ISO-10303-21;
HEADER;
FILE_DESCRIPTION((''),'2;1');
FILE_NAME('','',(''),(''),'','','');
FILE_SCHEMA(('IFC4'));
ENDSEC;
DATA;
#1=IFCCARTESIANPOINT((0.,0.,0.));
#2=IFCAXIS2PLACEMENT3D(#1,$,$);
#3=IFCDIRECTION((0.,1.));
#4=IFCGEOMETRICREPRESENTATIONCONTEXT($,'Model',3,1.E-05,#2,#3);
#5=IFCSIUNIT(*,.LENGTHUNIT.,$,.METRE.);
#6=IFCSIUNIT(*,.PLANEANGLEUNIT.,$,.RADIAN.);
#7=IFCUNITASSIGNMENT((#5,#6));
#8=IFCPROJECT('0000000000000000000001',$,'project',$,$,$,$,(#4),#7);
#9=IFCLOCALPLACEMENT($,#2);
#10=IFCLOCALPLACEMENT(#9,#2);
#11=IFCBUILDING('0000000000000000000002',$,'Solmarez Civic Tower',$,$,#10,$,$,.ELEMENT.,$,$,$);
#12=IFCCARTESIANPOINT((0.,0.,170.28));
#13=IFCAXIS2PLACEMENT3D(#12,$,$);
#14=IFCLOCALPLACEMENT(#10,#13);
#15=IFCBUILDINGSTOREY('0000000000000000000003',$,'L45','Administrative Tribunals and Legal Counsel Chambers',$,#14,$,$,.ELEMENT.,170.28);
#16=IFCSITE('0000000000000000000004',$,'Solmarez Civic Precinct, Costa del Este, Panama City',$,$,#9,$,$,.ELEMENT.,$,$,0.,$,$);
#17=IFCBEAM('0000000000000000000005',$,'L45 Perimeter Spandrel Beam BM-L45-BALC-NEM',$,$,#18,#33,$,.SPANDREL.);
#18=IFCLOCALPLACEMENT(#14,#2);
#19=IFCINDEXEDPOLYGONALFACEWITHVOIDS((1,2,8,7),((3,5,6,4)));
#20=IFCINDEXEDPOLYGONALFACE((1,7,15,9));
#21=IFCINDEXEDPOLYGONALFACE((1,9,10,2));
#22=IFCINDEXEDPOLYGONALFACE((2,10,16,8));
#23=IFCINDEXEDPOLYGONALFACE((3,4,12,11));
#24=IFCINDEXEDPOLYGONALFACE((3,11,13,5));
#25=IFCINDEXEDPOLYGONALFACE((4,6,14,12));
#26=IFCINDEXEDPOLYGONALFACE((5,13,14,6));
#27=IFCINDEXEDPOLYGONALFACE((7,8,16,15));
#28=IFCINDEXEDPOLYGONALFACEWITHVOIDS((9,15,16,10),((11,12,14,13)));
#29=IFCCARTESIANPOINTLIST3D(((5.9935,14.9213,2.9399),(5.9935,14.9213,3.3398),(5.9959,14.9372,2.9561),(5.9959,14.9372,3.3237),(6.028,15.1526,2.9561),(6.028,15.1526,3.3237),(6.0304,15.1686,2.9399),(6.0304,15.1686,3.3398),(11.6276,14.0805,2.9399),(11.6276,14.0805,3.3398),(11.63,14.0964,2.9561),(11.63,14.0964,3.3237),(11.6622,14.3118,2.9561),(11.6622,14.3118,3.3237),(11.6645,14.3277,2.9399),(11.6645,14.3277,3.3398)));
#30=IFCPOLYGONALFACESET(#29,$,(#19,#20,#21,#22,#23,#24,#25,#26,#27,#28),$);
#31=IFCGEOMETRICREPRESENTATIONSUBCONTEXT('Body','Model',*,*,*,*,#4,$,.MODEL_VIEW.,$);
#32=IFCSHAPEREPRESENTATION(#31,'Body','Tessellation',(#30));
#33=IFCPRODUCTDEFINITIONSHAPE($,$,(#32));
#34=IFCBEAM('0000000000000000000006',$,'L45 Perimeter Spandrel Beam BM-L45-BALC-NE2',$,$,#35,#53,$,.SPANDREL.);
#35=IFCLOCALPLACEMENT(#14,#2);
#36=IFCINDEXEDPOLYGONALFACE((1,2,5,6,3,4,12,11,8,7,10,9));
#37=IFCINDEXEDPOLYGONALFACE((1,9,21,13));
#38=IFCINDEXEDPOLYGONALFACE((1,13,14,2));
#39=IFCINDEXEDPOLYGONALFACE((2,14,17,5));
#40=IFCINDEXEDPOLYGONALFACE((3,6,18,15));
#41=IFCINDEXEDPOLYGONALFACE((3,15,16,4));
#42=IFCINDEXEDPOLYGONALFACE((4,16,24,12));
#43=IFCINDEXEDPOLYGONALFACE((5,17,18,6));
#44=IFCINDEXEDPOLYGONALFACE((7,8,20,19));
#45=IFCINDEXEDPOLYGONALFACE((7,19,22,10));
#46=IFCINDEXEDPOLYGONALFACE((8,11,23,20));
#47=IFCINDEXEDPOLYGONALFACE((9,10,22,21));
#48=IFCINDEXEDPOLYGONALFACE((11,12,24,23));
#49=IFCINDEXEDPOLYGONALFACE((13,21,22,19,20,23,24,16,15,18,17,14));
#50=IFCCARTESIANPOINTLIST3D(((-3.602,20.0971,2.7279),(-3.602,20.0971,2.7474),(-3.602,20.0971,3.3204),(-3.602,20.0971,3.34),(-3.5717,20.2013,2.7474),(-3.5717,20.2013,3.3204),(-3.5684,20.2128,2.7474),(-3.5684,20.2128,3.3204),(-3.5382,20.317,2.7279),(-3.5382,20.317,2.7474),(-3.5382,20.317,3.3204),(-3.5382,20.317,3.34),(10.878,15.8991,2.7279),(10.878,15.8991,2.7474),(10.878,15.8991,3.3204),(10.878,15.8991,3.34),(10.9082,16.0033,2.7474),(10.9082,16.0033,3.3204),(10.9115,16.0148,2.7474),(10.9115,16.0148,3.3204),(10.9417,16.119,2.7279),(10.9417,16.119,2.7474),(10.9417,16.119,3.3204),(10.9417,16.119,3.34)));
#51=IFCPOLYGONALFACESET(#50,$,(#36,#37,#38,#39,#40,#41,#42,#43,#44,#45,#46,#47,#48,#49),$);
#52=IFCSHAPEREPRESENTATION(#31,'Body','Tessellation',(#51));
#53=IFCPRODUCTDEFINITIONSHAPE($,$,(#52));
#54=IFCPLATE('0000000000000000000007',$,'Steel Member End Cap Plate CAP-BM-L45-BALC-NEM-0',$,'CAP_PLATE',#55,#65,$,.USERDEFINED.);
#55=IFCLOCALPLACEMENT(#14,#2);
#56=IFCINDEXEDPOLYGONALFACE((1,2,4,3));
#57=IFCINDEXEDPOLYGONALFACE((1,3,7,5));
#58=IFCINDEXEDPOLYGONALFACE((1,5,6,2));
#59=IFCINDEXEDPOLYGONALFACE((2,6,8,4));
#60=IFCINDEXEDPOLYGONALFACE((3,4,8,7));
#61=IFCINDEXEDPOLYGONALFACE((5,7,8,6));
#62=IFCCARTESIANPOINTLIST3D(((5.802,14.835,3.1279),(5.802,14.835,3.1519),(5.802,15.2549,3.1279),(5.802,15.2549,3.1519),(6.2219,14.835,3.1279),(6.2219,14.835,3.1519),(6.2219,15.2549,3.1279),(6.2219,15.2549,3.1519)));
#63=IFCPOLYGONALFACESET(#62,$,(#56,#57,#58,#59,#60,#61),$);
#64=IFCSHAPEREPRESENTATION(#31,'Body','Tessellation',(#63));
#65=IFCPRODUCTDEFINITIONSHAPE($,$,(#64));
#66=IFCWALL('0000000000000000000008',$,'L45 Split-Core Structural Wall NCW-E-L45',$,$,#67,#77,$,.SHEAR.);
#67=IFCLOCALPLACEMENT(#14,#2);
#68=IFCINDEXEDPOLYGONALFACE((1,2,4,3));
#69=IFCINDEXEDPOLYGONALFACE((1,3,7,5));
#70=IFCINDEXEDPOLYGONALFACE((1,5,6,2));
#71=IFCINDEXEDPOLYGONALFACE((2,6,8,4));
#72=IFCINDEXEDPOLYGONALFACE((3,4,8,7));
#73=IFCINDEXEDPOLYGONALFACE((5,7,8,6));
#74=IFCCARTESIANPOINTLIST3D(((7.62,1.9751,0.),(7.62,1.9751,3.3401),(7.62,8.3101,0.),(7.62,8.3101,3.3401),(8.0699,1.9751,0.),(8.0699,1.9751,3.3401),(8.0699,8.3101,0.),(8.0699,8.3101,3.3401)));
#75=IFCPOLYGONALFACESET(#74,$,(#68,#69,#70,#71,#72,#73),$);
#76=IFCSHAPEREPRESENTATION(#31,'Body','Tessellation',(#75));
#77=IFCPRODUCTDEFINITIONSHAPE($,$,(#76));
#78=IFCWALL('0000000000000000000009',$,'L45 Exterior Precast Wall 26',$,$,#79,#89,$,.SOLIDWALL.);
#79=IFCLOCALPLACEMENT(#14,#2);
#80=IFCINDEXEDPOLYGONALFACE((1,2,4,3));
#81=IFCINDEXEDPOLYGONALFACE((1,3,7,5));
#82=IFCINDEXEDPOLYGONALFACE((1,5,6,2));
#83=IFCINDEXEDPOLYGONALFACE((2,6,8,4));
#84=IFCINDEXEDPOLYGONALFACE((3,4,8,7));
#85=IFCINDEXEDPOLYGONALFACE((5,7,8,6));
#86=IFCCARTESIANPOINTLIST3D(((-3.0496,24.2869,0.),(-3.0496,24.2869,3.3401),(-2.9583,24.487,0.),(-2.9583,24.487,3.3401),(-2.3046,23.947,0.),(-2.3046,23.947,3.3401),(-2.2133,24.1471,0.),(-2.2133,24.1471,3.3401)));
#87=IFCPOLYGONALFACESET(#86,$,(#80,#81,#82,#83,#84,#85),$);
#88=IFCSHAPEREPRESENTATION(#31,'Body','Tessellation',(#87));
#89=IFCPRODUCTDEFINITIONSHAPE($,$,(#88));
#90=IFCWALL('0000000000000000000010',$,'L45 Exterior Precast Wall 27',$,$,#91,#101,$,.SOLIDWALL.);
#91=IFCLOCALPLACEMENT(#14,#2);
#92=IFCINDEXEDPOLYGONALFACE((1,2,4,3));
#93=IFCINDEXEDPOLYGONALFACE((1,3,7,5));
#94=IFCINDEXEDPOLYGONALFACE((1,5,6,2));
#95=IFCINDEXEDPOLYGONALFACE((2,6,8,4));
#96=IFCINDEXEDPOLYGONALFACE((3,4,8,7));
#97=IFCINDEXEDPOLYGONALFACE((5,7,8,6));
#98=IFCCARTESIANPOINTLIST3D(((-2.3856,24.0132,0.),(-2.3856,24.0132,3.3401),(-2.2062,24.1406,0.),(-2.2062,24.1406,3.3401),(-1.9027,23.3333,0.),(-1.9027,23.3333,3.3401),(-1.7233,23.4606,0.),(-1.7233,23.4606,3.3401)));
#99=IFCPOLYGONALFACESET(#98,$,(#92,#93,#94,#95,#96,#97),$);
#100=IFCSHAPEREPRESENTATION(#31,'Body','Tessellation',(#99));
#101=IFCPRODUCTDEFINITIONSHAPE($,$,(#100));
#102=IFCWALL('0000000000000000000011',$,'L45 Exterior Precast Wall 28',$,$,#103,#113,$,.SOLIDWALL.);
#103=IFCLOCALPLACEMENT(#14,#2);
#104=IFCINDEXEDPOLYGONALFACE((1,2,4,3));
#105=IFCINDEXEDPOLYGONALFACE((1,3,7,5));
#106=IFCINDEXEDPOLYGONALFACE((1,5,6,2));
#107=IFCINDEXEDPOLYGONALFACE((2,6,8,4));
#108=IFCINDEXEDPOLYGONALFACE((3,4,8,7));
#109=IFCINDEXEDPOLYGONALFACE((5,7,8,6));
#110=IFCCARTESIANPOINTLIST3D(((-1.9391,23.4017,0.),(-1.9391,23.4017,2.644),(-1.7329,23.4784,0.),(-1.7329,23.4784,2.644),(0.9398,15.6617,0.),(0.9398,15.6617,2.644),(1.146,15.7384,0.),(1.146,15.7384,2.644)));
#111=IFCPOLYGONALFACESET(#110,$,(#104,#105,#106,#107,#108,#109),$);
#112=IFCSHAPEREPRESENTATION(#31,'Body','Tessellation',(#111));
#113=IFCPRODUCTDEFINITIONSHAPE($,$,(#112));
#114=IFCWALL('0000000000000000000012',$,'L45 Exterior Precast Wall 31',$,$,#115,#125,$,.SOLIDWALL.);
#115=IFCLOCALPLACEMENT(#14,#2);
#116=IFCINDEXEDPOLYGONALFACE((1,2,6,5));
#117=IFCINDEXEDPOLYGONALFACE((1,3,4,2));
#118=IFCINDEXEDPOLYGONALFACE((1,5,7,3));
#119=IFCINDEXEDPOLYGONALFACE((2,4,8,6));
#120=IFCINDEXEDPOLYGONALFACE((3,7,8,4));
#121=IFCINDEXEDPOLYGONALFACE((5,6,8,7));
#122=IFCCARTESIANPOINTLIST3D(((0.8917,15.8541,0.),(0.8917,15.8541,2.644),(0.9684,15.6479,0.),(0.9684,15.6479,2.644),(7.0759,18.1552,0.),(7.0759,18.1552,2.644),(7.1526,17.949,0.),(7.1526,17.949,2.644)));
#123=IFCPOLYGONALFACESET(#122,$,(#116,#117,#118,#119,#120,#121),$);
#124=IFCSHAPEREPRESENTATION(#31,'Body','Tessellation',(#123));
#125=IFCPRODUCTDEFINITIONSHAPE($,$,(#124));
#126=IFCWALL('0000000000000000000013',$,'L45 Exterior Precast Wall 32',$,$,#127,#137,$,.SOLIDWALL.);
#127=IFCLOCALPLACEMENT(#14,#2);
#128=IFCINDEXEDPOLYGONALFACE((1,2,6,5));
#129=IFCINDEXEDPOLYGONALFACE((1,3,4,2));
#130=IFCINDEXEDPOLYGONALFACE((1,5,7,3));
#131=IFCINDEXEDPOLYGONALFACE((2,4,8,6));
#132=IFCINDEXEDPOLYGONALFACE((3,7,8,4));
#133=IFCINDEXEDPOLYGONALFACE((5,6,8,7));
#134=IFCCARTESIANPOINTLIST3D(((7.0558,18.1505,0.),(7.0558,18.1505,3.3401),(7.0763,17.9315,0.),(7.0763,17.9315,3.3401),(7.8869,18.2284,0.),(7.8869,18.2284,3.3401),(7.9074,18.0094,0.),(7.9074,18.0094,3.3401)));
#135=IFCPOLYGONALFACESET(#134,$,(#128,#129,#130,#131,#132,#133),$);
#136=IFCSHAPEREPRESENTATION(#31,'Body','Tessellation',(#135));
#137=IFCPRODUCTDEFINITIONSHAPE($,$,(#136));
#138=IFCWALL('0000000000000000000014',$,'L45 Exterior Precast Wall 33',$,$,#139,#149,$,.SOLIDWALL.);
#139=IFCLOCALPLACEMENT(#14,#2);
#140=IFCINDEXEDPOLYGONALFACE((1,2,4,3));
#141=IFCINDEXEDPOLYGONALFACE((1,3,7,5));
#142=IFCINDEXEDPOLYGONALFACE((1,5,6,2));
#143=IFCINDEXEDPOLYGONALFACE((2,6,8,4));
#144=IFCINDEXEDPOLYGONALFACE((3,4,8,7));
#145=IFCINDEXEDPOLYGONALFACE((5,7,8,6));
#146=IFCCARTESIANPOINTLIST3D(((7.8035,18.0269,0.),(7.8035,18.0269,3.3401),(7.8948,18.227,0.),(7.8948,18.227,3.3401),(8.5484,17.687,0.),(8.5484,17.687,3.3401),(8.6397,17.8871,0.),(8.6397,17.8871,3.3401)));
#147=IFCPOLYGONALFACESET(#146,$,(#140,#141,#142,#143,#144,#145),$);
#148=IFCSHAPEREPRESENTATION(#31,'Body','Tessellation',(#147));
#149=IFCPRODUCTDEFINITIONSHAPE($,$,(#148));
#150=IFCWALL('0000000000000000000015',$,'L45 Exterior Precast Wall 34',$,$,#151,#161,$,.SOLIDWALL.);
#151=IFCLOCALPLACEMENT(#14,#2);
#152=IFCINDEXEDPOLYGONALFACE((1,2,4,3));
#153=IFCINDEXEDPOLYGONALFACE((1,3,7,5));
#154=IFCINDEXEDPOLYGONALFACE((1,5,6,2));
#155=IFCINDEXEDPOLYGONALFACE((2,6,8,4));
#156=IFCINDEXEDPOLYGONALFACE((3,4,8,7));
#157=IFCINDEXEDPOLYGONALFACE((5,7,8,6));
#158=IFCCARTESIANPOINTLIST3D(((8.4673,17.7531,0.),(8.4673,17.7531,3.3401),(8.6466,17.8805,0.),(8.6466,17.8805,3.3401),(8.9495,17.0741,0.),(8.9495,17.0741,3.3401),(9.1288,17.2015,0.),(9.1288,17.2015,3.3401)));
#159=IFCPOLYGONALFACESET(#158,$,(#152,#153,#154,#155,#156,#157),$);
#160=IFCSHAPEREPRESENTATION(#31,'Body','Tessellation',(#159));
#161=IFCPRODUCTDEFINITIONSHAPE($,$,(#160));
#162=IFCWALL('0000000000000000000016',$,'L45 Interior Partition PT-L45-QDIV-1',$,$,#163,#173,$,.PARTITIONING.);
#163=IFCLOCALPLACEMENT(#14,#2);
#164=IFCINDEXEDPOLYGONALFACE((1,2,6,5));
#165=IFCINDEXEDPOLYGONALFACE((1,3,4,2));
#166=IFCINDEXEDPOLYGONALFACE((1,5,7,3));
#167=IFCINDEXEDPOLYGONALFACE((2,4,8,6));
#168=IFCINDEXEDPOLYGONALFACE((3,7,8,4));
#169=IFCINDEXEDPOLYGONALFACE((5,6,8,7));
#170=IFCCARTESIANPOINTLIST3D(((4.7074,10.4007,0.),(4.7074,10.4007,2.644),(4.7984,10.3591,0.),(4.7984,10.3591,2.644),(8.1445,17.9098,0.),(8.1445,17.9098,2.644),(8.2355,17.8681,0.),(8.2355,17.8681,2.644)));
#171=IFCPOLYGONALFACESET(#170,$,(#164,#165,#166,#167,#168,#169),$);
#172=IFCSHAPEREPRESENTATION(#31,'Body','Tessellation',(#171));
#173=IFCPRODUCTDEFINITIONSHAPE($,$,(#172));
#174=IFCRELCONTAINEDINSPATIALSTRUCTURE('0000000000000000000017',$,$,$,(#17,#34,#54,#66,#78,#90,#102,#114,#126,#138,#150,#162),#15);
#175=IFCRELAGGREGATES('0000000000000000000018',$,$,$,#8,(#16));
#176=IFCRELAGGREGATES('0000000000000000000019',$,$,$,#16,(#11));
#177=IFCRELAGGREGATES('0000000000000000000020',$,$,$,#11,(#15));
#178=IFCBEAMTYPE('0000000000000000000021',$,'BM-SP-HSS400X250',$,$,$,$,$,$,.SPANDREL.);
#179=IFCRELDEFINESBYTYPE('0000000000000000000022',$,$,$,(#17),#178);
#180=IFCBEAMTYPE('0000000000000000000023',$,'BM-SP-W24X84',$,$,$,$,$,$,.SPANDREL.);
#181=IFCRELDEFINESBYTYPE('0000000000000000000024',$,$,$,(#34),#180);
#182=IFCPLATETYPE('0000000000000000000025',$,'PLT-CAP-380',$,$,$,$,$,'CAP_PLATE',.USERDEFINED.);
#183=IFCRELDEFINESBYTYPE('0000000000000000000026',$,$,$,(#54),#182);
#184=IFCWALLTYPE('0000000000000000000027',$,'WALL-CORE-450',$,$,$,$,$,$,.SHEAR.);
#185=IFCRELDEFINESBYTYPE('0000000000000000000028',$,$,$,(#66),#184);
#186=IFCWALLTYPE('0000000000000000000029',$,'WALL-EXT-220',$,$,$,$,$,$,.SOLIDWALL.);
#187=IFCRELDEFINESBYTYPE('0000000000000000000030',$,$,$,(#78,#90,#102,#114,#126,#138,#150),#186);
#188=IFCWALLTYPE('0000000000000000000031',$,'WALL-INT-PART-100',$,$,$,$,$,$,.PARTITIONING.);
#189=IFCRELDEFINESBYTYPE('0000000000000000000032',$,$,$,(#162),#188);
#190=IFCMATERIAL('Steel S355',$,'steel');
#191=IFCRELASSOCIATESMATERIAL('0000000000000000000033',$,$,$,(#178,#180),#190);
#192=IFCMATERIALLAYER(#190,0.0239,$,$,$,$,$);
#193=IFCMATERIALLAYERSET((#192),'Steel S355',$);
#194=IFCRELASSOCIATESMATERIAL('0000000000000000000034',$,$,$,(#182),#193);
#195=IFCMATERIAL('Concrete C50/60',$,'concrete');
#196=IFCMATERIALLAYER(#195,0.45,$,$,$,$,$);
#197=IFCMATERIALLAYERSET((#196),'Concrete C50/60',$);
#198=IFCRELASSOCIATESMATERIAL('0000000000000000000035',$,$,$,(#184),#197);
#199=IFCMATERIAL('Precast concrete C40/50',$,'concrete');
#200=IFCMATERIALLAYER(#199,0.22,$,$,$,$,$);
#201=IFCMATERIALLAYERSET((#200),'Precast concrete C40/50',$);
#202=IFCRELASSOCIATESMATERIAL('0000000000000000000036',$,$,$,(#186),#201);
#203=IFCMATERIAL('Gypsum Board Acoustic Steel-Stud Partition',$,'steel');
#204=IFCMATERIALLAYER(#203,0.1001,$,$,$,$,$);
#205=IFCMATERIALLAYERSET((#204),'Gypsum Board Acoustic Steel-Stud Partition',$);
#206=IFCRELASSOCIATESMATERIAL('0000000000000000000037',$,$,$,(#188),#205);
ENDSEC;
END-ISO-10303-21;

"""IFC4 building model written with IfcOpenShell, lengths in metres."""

from ifc_helpers import new_model, si_unit, direction, frame, frame_2d, origin, origin_2d, place, context, subcontext, project, spatial, rectangle, hollow_rectangle, i_section, extrude, material, layer, layer_set, material_profile, profile_set, type_object, element, save


model = new_model("IFC4")

# Units and contexts
model_context = context("Model", 3, precision=1e-05, world=origin(), true_north=direction((0.0, 1.0)))
body_context = subcontext(model_context, "Body", "Model", "MODEL_VIEW")
ifc_project = project(units=[si_unit("LENGTHUNIT", "METRE"), si_unit("PLANEANGLEUNIT", "RADIAN")], contexts=[model_context])

# Site, building, storey
site_placement = place(None, origin())
site = spatial("IfcSite", under=ifc_project, at=site_placement, Name="Solmarez Civic Precinct, Costa del Este, Panama City", CompositionType="ELEMENT", RefElevation=0.0)
building_placement = place(site_placement, origin())
building = spatial("IfcBuilding", under=site, at=building_placement, Name="Solmarez Civic Tower", CompositionType="ELEMENT")
storey_placement = place(building_placement, frame((0.0, 0.0, 170.28)))
storey = spatial("IfcBuildingStorey", under=building, at=storey_placement, Name="L45", Description="Administrative Tribunals and Legal Counsel Chambers", CompositionType="ELEMENT", Elevation=170.28)

# Beams
ifc_material_1 = material(Name="Steel S355", Category="steel")
ifc_material_profile_1 = material_profile(ifc_material_1, hollow_rectangle(XDim=0.25, YDim=0.3999, WallThickness=0.0161, at=origin_2d()), Name="HSS400X250X16")
ifc_profile_set_1 = profile_set([ifc_material_profile_1], Name="Steel S355")
beam_type_1 = type_object("IfcBeamType", Name="BM-SP-HSS400X250", PredefinedType="SPANDREL", material=ifc_profile_set_1)
beam_1_placement = place(storey_placement, frame((6.012, 15.0449, 3.1399), z_axis=(0.989046, -0.147605, 0.0), x_axis=(0.147605, 0.989046, 0.0)))
element("IfcBeam", 1, at=beam_1_placement, inside=storey, type_object=beam_type_1, Name="L45 Perimeter Spandrel Beam BM-L45-BALC-NEM", PredefinedType="SPANDREL", context=body_context, shape_type="SweptSolid", body=[
    extrude(hollow_rectangle(XDim=0.25, YDim=0.3999, WallThickness=0.0161, at=origin_2d()), origin(), (0.0, 0.0, 1.0), 5.6965),
])
ifc_material_profile_2 = material_profile(ifc_material_1, i_section(OverallWidth=0.229, OverallDepth=0.6121, WebThickness=0.012, FlangeThickness=0.0195, at=origin_2d()), Name="W24X84")
ifc_profile_set_2 = profile_set([ifc_material_profile_2], Name="Steel S355")
beam_type_2 = type_object("IfcBeamType", Name="BM-SP-W24X84", PredefinedType="SPANDREL", material=ifc_profile_set_2)
beam_2_placement = place(storey_placement, frame((-3.5701, 20.207, 3.0339), z_axis=(0.96045, -0.278451, 0.0), x_axis=(0.278451, 0.96045, 0.0)))
element("IfcBeam", 2, at=beam_2_placement, inside=storey, type_object=beam_type_2, Name="L45 Perimeter Spandrel Beam BM-L45-BALC-NE2", PredefinedType="SPANDREL", context=body_context, shape_type="SweptSolid", body=[
    extrude(i_section(OverallWidth=0.229, OverallDepth=0.6121, WebThickness=0.012, FlangeThickness=0.0195, at=origin_2d()), origin(), (0.0, 0.0, 1.0), 15.0762),
])

# Plate
ifc_layer_1 = layer(ifc_material_1, 0.0239)
ifc_layer_set_1 = layer_set([ifc_layer_1], Name="Steel S355")
plate_type = type_object("IfcPlateType", Name="PLT-CAP-380", ElementType="CAP_PLATE", PredefinedType="USERDEFINED", material=ifc_layer_set_1)
plate_placement = place(storey_placement, frame((6.012, 15.0449, 3.1279), z_axis=(0.0, 0.0, 1.0), x_axis=(1.0, 0.0, 0.0)))
element("IfcPlate", 3, at=plate_placement, inside=storey, type_object=plate_type, Name="Steel Member End Cap Plate CAP-BM-L45-BALC-NEM-0", ObjectType="CAP_PLATE", PredefinedType="USERDEFINED", context=body_context, shape_type="SweptSolid", body=[
    extrude(rectangle(XDim=0.4199, YDim=0.4199, at=origin_2d()), origin(), (0.0, 0.0, 1.0), 0.0239),
])

# Walls
ifc_material_2 = material(Name="Concrete C50/60", Category="concrete")
ifc_layer_2 = layer(ifc_material_2, 0.45)
ifc_layer_set_2 = layer_set([ifc_layer_2], Name="Concrete C50/60")
wall_type_1 = type_object("IfcWallType", Name="WALL-CORE-450", PredefinedType="SHEAR", material=ifc_layer_set_2)
wall_1_placement = place(storey_placement, frame((7.845, 8.3101, 0.0), z_axis=(0.0, 0.0, 1.0), x_axis=(0.0, -1.0, 0.0)))
element("IfcWall", 4, at=wall_1_placement, inside=storey, type_object=wall_type_1, Name="L45 Split-Core Structural Wall NCW-E-L45", PredefinedType="SHEAR", context=body_context, shape_type="SweptSolid", body=[
    extrude(rectangle(XDim=6.335, YDim=0.45, at=frame_2d((3.1675, 0.0))), origin(), (0.0, 0.0, 1.0), 3.3401),
])
ifc_material_3 = material(Name="Precast concrete C40/50", Category="concrete")
ifc_layer_3 = layer(ifc_material_3, 0.22)
ifc_layer_set_3 = layer_set([ifc_layer_3], Name="Precast concrete C40/50")
wall_type_2 = type_object("IfcWallType", Name="WALL-EXT-220", PredefinedType="SOLIDWALL", material=ifc_layer_set_3)
wall_2_placement = place(storey_placement, frame((-3.0039, 24.387, 0.0), z_axis=(0.0, 0.0, 1.0), x_axis=(0.909783, -0.415083, 0.0)))
element("IfcWall", 5, at=wall_2_placement, inside=storey, type_object=wall_type_2, Name="L45 Exterior Precast Wall 26", PredefinedType="SOLIDWALL", context=body_context, shape_type="SweptSolid", body=[
    extrude(rectangle(XDim=0.8188, YDim=0.22, at=frame_2d((0.4094, 0.0))), origin(), (0.0, 0.0, 1.0), 3.3401),
])
wall_3_placement = place(storey_placement, frame((-2.2959, 24.0769, 0.0), z_axis=(0.0, 0.0, 1.0), x_axis=(0.579048, -0.815293, 0.0)))
element("IfcWall", 6, at=wall_3_placement, inside=storey, type_object=wall_type_2, Name="L45 Exterior Precast Wall 27", PredefinedType="SOLIDWALL", context=body_context, shape_type="SweptSolid", body=[
    extrude(rectangle(XDim=0.834, YDim=0.22, at=frame_2d((0.417, 0.0))), origin(), (0.0, 0.0, 1.0), 3.3401),
])
wall_4_placement = place(storey_placement, frame((-1.8359, 23.4399, 0.0), z_axis=(0.0, 0.0, 1.0), x_axis=(0.348618, -0.937265, 0.0)))
element("IfcWall", 7, at=wall_4_placement, inside=storey, type_object=wall_type_2, Name="L45 Exterior Precast Wall 28", PredefinedType="SOLIDWALL", context=body_context, shape_type="SweptSolid", body=[
    extrude(rectangle(XDim=8.2581, YDim=0.22, at=frame_2d((4.1289, 0.0))), origin(), (0.0, 0.0, 1.0), 2.644),
])
wall_5_placement = place(storey_placement, frame((0.9299, 15.751, 0.0), z_axis=(0.0, 0.0, 1.0), x_axis=(0.937223, 0.34873, 0.0)))
element("IfcWall", 8, at=wall_5_placement, inside=storey, type_object=wall_type_2, Name="L45 Exterior Precast Wall 31", PredefinedType="SOLIDWALL", context=body_context, shape_type="SweptSolid", body=[
    extrude(rectangle(XDim=6.5984, YDim=0.22, at=frame_2d((3.2993, 0.0))), origin(), (0.0, 0.0, 1.0), 2.644),
])
wall_6_placement = place(storey_placement, frame((7.0659, 18.041, 0.0), z_axis=(0.0, 0.0, 1.0), x_axis=(0.995638, 0.093304, 0.0)))
element("IfcWall", 9, at=wall_6_placement, inside=storey, type_object=wall_type_2, Name="L45 Exterior Precast Wall 32", PredefinedType="SOLIDWALL", context=body_context, shape_type="SweptSolid", body=[
    extrude(rectangle(XDim=0.8347, YDim=0.22, at=frame_2d((0.4175, 0.0))), origin(), (0.0, 0.0, 1.0), 3.3401),
])
wall_7_placement = place(storey_placement, frame((7.8491, 18.127, 0.0), z_axis=(0.0, 0.0, 1.0), x_axis=(0.909783, -0.415083, 0.0)))
element("IfcWall", 10, at=wall_7_placement, inside=storey, type_object=wall_type_2, Name="L45 Exterior Precast Wall 33", PredefinedType="SOLIDWALL", context=body_context, shape_type="SweptSolid", body=[
    extrude(rectangle(XDim=0.8188, YDim=0.22, at=frame_2d((0.4094, 0.0))), origin(), (0.0, 0.0, 1.0), 3.3401),
])
wall_8_placement = place(storey_placement, frame((8.5569, 17.8169, 0.0), z_axis=(0.0, 0.0, 1.0), x_axis=(0.579017, -0.815315, 0.0)))
element("IfcWall", 11, at=wall_8_placement, inside=storey, type_object=wall_type_2, Name="L45 Exterior Precast Wall 34", PredefinedType="SOLIDWALL", context=body_context, shape_type="SweptSolid", body=[
    extrude(rectangle(XDim=0.8328, YDim=0.22, at=frame_2d((0.4165, 0.0))), origin(), (0.0, 0.0, 1.0), 3.3401),
])
ifc_material_4 = material(Name="Gypsum Board Acoustic Steel-Stud Partition", Category="steel")
ifc_layer_4 = layer(ifc_material_4, 0.1001)
ifc_layer_set_4 = layer_set([ifc_layer_4], Name="Gypsum Board Acoustic Steel-Stud Partition")
wall_type_3 = type_object("IfcWallType", Name="WALL-INT-PART-100", PredefinedType="PARTITIONING", material=ifc_layer_set_4)
wall_9_placement = place(storey_placement, frame((4.7529, 10.3799, 0.0), z_axis=(0.0, 0.0, 1.0), x_axis=(0.416191, 0.909277, 0.0)))
element("IfcWall", 12, at=wall_9_placement, inside=storey, type_object=wall_type_3, Name="L45 Interior Partition PT-L45-QDIV-1", PredefinedType="PARTITIONING", context=body_context, shape_type="SweptSolid", body=[
    extrude(rectangle(XDim=8.2583, YDim=0.1001, at=frame_2d((4.1292, 0.0))), origin(), (0.0, 0.0, 1.0), 2.644),
])

save(model, "model.ifc")
